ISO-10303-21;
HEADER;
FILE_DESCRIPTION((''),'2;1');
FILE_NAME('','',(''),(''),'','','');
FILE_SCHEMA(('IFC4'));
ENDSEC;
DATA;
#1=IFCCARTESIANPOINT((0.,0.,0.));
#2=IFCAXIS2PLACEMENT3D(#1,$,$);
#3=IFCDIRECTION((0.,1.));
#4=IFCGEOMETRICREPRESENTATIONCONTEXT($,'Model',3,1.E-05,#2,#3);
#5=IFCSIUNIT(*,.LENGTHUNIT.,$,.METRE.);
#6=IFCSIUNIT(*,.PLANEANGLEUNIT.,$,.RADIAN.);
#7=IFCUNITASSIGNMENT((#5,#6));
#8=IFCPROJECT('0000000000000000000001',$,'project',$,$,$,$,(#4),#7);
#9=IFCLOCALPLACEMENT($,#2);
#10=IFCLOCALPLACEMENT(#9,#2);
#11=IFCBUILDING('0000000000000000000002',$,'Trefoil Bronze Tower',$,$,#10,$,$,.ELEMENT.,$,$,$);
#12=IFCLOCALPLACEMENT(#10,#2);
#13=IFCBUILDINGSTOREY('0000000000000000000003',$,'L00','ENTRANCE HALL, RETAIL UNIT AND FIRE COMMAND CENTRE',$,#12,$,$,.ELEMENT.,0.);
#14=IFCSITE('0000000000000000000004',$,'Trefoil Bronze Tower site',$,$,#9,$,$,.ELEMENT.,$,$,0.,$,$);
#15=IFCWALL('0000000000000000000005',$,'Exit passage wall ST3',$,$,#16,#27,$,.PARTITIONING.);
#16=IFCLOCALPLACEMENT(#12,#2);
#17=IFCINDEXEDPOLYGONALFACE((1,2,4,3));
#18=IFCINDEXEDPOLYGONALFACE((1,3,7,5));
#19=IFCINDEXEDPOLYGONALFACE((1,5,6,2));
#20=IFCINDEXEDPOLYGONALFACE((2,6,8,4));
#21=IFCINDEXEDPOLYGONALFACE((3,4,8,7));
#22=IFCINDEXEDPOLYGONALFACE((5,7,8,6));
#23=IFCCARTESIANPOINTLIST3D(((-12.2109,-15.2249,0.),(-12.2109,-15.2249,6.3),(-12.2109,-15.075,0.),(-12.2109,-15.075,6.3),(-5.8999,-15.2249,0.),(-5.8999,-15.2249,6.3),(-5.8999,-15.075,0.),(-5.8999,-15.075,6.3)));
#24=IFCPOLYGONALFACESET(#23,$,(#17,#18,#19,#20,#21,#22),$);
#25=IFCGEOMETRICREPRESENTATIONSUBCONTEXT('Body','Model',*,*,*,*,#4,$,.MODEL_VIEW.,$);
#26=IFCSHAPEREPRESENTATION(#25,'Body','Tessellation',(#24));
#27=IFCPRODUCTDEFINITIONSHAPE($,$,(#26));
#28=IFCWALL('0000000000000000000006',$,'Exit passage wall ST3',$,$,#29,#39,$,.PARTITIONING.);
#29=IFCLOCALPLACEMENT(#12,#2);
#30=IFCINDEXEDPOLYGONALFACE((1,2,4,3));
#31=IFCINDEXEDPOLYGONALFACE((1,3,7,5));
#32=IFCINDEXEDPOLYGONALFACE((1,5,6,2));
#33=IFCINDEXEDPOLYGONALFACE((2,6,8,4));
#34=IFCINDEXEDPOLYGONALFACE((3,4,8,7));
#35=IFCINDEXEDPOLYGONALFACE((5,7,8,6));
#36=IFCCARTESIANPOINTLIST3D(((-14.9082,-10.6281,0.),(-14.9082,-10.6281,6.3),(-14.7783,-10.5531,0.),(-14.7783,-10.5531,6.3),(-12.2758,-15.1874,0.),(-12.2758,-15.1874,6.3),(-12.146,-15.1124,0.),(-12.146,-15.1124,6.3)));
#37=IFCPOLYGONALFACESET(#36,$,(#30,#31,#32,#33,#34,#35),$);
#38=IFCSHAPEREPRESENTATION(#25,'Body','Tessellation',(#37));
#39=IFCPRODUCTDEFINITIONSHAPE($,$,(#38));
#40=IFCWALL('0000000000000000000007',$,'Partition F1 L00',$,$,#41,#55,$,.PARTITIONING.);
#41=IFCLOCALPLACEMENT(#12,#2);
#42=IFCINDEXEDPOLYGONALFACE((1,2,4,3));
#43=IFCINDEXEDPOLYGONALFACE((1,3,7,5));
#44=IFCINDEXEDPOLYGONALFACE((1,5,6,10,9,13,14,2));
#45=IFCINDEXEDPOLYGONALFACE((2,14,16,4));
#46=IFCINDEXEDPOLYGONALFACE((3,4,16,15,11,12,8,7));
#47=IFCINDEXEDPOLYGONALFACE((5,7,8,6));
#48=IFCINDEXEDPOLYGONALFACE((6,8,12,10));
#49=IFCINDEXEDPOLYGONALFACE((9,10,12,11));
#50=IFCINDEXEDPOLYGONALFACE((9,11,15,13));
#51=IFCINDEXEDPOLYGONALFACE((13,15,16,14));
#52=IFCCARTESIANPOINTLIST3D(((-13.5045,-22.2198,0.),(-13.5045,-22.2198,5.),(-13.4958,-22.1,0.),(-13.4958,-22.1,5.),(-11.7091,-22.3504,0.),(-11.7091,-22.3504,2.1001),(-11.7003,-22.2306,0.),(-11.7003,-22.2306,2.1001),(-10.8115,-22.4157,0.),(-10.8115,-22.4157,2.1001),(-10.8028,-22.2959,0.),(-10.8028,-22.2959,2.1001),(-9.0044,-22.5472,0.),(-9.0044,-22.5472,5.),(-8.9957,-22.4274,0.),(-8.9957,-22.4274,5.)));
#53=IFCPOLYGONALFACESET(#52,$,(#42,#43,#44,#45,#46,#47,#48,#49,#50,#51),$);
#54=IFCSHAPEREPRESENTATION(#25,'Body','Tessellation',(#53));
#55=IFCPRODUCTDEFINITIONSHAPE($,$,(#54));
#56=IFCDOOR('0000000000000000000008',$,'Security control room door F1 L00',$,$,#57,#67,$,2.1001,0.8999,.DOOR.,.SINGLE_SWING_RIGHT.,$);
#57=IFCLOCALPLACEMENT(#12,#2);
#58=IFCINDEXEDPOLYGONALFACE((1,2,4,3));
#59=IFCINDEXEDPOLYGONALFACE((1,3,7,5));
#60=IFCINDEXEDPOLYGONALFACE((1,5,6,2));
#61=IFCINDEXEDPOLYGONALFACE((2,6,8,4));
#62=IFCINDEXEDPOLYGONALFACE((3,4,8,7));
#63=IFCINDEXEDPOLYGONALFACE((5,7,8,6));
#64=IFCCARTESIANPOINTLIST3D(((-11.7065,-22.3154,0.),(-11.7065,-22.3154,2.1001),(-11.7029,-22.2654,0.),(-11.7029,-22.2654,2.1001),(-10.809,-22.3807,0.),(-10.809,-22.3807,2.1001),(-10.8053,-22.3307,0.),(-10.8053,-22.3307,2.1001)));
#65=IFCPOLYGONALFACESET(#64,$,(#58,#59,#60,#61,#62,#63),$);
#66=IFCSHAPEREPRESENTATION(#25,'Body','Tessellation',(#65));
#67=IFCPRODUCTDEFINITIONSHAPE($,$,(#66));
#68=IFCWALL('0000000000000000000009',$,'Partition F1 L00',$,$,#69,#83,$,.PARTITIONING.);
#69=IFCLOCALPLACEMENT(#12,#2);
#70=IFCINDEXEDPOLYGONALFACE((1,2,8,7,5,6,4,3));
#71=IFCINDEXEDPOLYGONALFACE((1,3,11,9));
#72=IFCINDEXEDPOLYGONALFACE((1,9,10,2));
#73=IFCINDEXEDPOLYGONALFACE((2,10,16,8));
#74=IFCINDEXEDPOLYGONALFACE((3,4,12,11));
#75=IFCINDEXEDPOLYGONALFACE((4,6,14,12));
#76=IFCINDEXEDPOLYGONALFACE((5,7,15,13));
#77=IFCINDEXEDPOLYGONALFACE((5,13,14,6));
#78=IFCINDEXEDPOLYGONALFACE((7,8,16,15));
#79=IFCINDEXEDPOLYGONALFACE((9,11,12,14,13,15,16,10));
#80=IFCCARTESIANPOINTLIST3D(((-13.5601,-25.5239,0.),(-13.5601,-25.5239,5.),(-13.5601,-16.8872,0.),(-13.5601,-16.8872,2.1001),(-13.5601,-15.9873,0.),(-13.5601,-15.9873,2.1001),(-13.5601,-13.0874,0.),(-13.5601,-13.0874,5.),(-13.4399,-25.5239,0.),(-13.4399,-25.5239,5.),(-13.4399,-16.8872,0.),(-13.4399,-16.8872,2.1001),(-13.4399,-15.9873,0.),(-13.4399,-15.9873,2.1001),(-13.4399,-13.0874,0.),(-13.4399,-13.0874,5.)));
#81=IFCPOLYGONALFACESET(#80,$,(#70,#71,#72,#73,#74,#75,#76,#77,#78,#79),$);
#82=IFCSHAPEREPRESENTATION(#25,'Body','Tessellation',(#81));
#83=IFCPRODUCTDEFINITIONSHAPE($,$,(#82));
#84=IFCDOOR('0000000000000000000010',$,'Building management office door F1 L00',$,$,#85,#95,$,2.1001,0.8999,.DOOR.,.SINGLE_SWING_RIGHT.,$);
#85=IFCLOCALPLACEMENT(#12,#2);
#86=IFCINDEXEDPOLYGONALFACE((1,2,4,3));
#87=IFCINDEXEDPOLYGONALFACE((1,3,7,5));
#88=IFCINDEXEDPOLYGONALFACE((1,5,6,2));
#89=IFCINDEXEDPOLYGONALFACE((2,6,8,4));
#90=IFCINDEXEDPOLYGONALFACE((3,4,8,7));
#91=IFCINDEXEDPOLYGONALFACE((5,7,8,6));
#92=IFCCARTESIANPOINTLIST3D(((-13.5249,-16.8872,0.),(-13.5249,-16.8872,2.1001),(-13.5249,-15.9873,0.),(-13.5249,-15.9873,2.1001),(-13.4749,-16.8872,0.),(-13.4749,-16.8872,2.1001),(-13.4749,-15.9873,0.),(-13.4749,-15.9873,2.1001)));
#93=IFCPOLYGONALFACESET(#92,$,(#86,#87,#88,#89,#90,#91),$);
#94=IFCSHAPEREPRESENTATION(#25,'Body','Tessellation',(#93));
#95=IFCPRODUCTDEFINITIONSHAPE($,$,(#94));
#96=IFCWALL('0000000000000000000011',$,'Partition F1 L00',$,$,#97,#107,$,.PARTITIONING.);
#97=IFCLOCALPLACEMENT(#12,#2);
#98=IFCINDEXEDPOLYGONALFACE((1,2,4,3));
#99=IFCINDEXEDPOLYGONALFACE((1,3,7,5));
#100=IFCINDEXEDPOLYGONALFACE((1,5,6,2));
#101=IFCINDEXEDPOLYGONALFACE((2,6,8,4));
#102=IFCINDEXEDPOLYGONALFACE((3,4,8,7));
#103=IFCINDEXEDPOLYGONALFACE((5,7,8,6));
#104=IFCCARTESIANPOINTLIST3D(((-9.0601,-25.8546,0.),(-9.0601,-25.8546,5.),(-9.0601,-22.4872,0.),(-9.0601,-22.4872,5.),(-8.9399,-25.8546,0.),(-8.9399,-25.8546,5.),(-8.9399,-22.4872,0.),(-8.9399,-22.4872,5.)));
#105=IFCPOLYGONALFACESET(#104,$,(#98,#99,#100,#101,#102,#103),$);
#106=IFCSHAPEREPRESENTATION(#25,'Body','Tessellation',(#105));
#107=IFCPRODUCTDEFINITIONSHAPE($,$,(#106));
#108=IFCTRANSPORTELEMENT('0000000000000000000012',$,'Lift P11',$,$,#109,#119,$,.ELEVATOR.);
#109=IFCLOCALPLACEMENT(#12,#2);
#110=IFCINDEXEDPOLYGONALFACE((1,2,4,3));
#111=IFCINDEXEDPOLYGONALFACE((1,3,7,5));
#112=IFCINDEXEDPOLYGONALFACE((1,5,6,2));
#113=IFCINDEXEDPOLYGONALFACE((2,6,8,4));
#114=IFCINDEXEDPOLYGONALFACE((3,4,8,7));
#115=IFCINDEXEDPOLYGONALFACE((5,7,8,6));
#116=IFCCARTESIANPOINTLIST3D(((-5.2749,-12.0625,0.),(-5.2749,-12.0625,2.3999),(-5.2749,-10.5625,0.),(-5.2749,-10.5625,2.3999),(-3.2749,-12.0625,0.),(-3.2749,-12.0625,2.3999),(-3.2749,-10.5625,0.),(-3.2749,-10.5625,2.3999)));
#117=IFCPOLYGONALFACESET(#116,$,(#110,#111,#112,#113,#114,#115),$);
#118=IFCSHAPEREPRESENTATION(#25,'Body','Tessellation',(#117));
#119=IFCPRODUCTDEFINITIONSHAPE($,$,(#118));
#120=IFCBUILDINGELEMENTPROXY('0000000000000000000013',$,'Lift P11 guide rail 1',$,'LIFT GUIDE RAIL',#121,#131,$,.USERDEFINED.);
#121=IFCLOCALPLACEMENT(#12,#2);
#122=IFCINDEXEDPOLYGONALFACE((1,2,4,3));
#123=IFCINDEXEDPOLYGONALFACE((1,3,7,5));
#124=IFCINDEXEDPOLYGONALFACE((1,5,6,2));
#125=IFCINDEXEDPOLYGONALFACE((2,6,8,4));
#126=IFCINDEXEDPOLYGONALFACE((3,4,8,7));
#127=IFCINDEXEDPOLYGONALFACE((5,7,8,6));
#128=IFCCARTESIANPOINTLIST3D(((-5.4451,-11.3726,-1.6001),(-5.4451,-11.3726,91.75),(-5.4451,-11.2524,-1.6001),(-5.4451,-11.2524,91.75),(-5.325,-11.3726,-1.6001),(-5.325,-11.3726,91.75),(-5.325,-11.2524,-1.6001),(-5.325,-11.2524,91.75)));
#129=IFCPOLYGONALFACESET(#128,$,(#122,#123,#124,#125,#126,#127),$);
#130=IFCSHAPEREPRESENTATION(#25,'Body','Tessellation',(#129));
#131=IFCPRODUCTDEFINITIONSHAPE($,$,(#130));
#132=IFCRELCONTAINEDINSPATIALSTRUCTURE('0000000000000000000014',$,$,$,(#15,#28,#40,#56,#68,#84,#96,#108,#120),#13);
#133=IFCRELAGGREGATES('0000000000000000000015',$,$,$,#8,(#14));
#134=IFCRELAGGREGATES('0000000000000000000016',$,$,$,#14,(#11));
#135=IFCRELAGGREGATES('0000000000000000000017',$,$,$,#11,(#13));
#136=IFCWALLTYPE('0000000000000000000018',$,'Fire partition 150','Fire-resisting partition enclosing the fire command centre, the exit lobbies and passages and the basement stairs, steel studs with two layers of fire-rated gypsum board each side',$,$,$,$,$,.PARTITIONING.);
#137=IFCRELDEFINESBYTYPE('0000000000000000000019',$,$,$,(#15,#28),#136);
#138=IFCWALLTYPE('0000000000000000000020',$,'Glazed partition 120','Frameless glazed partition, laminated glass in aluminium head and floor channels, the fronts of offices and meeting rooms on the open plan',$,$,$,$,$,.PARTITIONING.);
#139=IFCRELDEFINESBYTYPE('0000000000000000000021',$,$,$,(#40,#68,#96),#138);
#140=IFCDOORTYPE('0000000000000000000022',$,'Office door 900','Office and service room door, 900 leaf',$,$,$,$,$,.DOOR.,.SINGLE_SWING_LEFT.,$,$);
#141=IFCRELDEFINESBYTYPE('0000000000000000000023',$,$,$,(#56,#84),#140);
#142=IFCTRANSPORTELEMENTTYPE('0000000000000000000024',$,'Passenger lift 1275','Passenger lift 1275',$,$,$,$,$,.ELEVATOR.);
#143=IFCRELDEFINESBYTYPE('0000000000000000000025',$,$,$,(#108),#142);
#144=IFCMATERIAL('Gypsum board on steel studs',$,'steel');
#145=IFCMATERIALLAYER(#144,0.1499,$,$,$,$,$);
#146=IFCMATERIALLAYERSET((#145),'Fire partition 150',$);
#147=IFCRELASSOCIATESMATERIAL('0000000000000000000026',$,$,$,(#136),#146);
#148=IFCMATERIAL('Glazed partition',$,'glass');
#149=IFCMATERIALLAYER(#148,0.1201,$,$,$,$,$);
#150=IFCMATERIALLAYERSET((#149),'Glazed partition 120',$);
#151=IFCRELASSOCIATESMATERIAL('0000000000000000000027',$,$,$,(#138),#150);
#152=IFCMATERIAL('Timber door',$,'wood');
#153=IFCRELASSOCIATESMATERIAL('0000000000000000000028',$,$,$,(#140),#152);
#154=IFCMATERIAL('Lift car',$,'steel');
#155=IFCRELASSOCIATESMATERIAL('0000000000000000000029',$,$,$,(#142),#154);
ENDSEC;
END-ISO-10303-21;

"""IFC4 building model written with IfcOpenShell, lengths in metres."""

from ifc_helpers import new_model, si_unit, direction, frame, frame_2d, origin, origin_2d, place, context, subcontext, project, spatial, rectangle, extrude, material, layer, layer_set, type_object, element, fill, save


model = new_model("IFC4")

# Units and contexts
model_context = context("Model", 3, precision=1e-05, world=origin(), true_north=direction((0.0, 1.0)))
body_context = subcontext(model_context, "Body", "Model", "MODEL_VIEW")
ifc_project = project(units=[si_unit("LENGTHUNIT", "METRE"), si_unit("PLANEANGLEUNIT", "RADIAN")], contexts=[model_context])

# Site, building, storey
site_placement = place(None, origin())
site = spatial("IfcSite", under=ifc_project, at=site_placement, Name="Trefoil Bronze Tower site", CompositionType="ELEMENT", RefElevation=0.0)
building_placement = place(site_placement, origin())
building = spatial("IfcBuilding", under=site, at=building_placement, Name="Trefoil Bronze Tower", CompositionType="ELEMENT")
storey_placement = place(building_placement, origin())
storey = spatial("IfcBuildingStorey", under=building, at=storey_placement, Name="L00", Description="ENTRANCE HALL, RETAIL UNIT AND FIRE COMMAND CENTRE", CompositionType="ELEMENT", Elevation=0.0)

# Shared definitions
ifc_material_1 = material(Name="Gypsum board on steel studs", Category="steel")
ifc_layer_1 = layer(ifc_material_1, 0.1499)
ifc_layer_set_1 = layer_set([ifc_layer_1], Name="Fire partition 150")
wall_type_1 = type_object("IfcWallType", Name="Fire partition 150", Description="Fire-resisting partition enclosing the fire command centre, the exit lobbies and passages and the basement stairs, steel studs with two layers of fire-rated gypsum board each side", PredefinedType="PARTITIONING", material=ifc_layer_set_1)

# Walls
wall_1_placement = place(storey_placement, frame((-5.8999, -15.1499, 0.0), z_axis=(0.0, 0.0, 1.0), x_axis=(-1.0, 0.0, 0.0)))
element("IfcWall", 1, at=wall_1_placement, inside=storey, type_object=wall_type_1, Name="Exit passage wall ST3", PredefinedType="PARTITIONING", context=body_context, shape_type="SweptSolid", body=[
    extrude(rectangle(XDim=6.311, YDim=0.1499, at=frame_2d((3.1555, 0.0))), origin(), (0.0, 0.0, 1.0), 6.3),
])
wall_2_placement = place(storey_placement, frame((-12.2109, -15.1499, 0.0), z_axis=(0.0, 0.0, 1.0), x_axis=(-0.499999, 0.866026, 0.0)))
element("IfcWall", 2, at=wall_2_placement, inside=storey, type_object=wall_type_1, Name="Exit passage wall ST3", PredefinedType="PARTITIONING", context=body_context, shape_type="SweptSolid", body=[
    extrude(rectangle(XDim=5.2646, YDim=0.1499, at=frame_2d((2.6323, 0.0))), origin(), (0.0, 0.0, 1.0), 6.3),
])

# Walls, openings, doors
ifc_material_2 = material(Name="Glazed partition", Category="glass")
ifc_layer_2 = layer(ifc_material_2, 0.1201)
ifc_layer_set_2 = layer_set([ifc_layer_2], Name="Glazed partition 120")
wall_type_2 = type_object("IfcWallType", Name="Glazed partition 120", Description="Frameless glazed partition, laminated glass in aluminium head and floor channels, the fronts of offices and meeting rooms on the open plan", PredefinedType="PARTITIONING", material=ifc_layer_set_2)
wall_3_placement = place(storey_placement, frame((-13.5, -22.1599, 0.0), z_axis=(0.0, 0.0, 1.0), x_axis=(0.997364, -0.072562, 0.0)))
wall_3 = element("IfcWall", 3, at=wall_3_placement, inside=storey, type_object=wall_type_2, Name="Partition F1 L00", PredefinedType="PARTITIONING", context=body_context, shape_type="SweptSolid", body=[
    extrude(rectangle(XDim=4.512, YDim=0.1201, at=frame_2d((2.2559, 0.0))), origin(), (0.0, 0.0, 1.0), 5.0),
])
opening_1_placement = place(wall_3_placement, frame((1.8, 0.0, 0.0)))
opening_1 = element("IfcOpeningElement", 4, at=opening_1_placement, cuts=wall_3, PredefinedType="OPENING", context=body_context, shape_type="SweptSolid", body=[
    extrude(rectangle(XDim=0.8999, YDim=2.1001, at=frame_2d((0.45, 1.05))), frame((0.0, 0.0701, 0.0), z_axis=(0.0, -1.0, 0.0), x_axis=(1.0, 0.0, 0.0)), (0.0, 0.0, 1.0), 0.1401),
])
ifc_material_3 = material(Name="Timber door", Category="wood")
door_type_1 = type_object("IfcDoorType", Name="Office door 900", Description="Office and service room door, 900 leaf", OperationType="SINGLE_SWING_LEFT", PredefinedType="DOOR", material=ifc_material_3)
door_1_placement = place(opening_1_placement, frame((0.8999, 0.0, 0.0), z_axis=(0.0, 0.0, 1.0), x_axis=(-1.0, 0.0, 0.0)))
door_1 = element("IfcDoor", 5, at=door_1_placement, inside=storey, type_object=door_type_1, Name="Security control room door F1 L00", OperationType="SINGLE_SWING_RIGHT", OverallHeight=2.1001, OverallWidth=0.8999, PredefinedType="DOOR", context=body_context, shape_type="SweptSolid", body=[
    extrude(rectangle(XDim=0.8999, YDim=2.1001, at=frame_2d((0.45, 1.05))), frame((0.0, 0.0249, 0.0), z_axis=(0.0, -1.0, 0.0), x_axis=(1.0, 0.0, 0.0)), (0.0, 0.0, 1.0), 0.05),
])
fill(opening_1, door_1)
wall_4_placement = place(storey_placement, frame((-13.5, -13.0874, 0.0), z_axis=(0.0, 0.0, 1.0), x_axis=(0.0, -1.0, 0.0)))
wall_4 = element("IfcWall", 6, at=wall_4_placement, inside=storey, type_object=wall_type_2, Name="Partition F1 L00", PredefinedType="PARTITIONING", context=body_context, shape_type="SweptSolid", body=[
    extrude(rectangle(XDim=12.4365, YDim=0.1201, at=frame_2d((6.2183, 0.0))), origin(), (0.0, 0.0, 1.0), 5.0),
])
opening_2_placement = place(wall_4_placement, frame((2.8999, 0.0, 0.0)))
opening_2 = element("IfcOpeningElement", 7, at=opening_2_placement, cuts=wall_4, PredefinedType="OPENING", context=body_context, shape_type="SweptSolid", body=[
    extrude(rectangle(XDim=0.8999, YDim=2.1001, at=frame_2d((0.45, 1.05))), frame((0.0, 0.0701, 0.0), z_axis=(0.0, -1.0, 0.0), x_axis=(1.0, 0.0, 0.0)), (0.0, 0.0, 1.0), 0.1401),
])
door_2_placement = place(opening_2_placement, frame((0.8999, 0.0, 0.0), z_axis=(0.0, 0.0, 1.0), x_axis=(-1.0, 0.0, 0.0)))
door_2 = element("IfcDoor", 8, at=door_2_placement, inside=storey, type_object=door_type_1, Name="Building management office door F1 L00", OperationType="SINGLE_SWING_RIGHT", OverallHeight=2.1001, OverallWidth=0.8999, PredefinedType="DOOR", context=body_context, shape_type="SweptSolid", body=[
    extrude(rectangle(XDim=0.8999, YDim=2.1001, at=frame_2d((0.45, 1.05))), frame((0.0, 0.0249, 0.0), z_axis=(0.0, -1.0, 0.0), x_axis=(1.0, 0.0, 0.0)), (0.0, 0.0, 1.0), 0.05),
])
fill(opening_2, door_2)

# Wall
wall_5_placement = place(storey_placement, frame((-9.0, -22.4873, 0.0), z_axis=(0.0, 0.0, 1.0), x_axis=(0.0, -1.0, 0.0)))
element("IfcWall", 9, at=wall_5_placement, inside=storey, type_object=wall_type_2, Name="Partition F1 L00", PredefinedType="PARTITIONING", context=body_context, shape_type="SweptSolid", body=[
    extrude(rectangle(XDim=3.3674, YDim=0.1201, at=frame_2d((1.6836, 0.0))), origin(), (0.0, 0.0, 1.0), 5.0),
])

# Transport element
ifc_material_4 = material(Name="Lift car", Category="steel")
transport_element_type = type_object("IfcTransportElementType", Name="Passenger lift 1275", Description="Passenger lift 1275", PredefinedType="ELEVATOR", material=ifc_material_4)
transport_element_placement = place(storey_placement, frame((-4.2749, -11.3125, 0.0), z_axis=(0.0, 0.0, 1.0), x_axis=(1.0, 0.0, 0.0)))
element("IfcTransportElement", 10, at=transport_element_placement, inside=storey, type_object=transport_element_type, Name="Lift P11", PredefinedType="ELEVATOR", context=body_context, shape_type="SweptSolid", body=[
    extrude(rectangle(XDim=2.0, YDim=1.5, at=origin_2d()), origin(), (0.0, 0.0, 1.0), 2.3999),
])

# Building element proxy
proxy_placement = place(storey_placement, frame((-5.385, -11.3125, -1.6001), z_axis=(0.0, 0.0, 1.0), x_axis=(1.0, 0.0, 0.0)))
element("IfcBuildingElementProxy", 11, at=proxy_placement, inside=storey, Name="Lift P11 guide rail 1", ObjectType="LIFT GUIDE RAIL", PredefinedType="USERDEFINED", context=body_context, shape_type="SweptSolid", body=[
    extrude(rectangle(XDim=0.1201, YDim=0.1201, at=origin_2d()), origin(), (0.0, 0.0, 1.0), 93.3501),
])

save(model, "model.ifc")
